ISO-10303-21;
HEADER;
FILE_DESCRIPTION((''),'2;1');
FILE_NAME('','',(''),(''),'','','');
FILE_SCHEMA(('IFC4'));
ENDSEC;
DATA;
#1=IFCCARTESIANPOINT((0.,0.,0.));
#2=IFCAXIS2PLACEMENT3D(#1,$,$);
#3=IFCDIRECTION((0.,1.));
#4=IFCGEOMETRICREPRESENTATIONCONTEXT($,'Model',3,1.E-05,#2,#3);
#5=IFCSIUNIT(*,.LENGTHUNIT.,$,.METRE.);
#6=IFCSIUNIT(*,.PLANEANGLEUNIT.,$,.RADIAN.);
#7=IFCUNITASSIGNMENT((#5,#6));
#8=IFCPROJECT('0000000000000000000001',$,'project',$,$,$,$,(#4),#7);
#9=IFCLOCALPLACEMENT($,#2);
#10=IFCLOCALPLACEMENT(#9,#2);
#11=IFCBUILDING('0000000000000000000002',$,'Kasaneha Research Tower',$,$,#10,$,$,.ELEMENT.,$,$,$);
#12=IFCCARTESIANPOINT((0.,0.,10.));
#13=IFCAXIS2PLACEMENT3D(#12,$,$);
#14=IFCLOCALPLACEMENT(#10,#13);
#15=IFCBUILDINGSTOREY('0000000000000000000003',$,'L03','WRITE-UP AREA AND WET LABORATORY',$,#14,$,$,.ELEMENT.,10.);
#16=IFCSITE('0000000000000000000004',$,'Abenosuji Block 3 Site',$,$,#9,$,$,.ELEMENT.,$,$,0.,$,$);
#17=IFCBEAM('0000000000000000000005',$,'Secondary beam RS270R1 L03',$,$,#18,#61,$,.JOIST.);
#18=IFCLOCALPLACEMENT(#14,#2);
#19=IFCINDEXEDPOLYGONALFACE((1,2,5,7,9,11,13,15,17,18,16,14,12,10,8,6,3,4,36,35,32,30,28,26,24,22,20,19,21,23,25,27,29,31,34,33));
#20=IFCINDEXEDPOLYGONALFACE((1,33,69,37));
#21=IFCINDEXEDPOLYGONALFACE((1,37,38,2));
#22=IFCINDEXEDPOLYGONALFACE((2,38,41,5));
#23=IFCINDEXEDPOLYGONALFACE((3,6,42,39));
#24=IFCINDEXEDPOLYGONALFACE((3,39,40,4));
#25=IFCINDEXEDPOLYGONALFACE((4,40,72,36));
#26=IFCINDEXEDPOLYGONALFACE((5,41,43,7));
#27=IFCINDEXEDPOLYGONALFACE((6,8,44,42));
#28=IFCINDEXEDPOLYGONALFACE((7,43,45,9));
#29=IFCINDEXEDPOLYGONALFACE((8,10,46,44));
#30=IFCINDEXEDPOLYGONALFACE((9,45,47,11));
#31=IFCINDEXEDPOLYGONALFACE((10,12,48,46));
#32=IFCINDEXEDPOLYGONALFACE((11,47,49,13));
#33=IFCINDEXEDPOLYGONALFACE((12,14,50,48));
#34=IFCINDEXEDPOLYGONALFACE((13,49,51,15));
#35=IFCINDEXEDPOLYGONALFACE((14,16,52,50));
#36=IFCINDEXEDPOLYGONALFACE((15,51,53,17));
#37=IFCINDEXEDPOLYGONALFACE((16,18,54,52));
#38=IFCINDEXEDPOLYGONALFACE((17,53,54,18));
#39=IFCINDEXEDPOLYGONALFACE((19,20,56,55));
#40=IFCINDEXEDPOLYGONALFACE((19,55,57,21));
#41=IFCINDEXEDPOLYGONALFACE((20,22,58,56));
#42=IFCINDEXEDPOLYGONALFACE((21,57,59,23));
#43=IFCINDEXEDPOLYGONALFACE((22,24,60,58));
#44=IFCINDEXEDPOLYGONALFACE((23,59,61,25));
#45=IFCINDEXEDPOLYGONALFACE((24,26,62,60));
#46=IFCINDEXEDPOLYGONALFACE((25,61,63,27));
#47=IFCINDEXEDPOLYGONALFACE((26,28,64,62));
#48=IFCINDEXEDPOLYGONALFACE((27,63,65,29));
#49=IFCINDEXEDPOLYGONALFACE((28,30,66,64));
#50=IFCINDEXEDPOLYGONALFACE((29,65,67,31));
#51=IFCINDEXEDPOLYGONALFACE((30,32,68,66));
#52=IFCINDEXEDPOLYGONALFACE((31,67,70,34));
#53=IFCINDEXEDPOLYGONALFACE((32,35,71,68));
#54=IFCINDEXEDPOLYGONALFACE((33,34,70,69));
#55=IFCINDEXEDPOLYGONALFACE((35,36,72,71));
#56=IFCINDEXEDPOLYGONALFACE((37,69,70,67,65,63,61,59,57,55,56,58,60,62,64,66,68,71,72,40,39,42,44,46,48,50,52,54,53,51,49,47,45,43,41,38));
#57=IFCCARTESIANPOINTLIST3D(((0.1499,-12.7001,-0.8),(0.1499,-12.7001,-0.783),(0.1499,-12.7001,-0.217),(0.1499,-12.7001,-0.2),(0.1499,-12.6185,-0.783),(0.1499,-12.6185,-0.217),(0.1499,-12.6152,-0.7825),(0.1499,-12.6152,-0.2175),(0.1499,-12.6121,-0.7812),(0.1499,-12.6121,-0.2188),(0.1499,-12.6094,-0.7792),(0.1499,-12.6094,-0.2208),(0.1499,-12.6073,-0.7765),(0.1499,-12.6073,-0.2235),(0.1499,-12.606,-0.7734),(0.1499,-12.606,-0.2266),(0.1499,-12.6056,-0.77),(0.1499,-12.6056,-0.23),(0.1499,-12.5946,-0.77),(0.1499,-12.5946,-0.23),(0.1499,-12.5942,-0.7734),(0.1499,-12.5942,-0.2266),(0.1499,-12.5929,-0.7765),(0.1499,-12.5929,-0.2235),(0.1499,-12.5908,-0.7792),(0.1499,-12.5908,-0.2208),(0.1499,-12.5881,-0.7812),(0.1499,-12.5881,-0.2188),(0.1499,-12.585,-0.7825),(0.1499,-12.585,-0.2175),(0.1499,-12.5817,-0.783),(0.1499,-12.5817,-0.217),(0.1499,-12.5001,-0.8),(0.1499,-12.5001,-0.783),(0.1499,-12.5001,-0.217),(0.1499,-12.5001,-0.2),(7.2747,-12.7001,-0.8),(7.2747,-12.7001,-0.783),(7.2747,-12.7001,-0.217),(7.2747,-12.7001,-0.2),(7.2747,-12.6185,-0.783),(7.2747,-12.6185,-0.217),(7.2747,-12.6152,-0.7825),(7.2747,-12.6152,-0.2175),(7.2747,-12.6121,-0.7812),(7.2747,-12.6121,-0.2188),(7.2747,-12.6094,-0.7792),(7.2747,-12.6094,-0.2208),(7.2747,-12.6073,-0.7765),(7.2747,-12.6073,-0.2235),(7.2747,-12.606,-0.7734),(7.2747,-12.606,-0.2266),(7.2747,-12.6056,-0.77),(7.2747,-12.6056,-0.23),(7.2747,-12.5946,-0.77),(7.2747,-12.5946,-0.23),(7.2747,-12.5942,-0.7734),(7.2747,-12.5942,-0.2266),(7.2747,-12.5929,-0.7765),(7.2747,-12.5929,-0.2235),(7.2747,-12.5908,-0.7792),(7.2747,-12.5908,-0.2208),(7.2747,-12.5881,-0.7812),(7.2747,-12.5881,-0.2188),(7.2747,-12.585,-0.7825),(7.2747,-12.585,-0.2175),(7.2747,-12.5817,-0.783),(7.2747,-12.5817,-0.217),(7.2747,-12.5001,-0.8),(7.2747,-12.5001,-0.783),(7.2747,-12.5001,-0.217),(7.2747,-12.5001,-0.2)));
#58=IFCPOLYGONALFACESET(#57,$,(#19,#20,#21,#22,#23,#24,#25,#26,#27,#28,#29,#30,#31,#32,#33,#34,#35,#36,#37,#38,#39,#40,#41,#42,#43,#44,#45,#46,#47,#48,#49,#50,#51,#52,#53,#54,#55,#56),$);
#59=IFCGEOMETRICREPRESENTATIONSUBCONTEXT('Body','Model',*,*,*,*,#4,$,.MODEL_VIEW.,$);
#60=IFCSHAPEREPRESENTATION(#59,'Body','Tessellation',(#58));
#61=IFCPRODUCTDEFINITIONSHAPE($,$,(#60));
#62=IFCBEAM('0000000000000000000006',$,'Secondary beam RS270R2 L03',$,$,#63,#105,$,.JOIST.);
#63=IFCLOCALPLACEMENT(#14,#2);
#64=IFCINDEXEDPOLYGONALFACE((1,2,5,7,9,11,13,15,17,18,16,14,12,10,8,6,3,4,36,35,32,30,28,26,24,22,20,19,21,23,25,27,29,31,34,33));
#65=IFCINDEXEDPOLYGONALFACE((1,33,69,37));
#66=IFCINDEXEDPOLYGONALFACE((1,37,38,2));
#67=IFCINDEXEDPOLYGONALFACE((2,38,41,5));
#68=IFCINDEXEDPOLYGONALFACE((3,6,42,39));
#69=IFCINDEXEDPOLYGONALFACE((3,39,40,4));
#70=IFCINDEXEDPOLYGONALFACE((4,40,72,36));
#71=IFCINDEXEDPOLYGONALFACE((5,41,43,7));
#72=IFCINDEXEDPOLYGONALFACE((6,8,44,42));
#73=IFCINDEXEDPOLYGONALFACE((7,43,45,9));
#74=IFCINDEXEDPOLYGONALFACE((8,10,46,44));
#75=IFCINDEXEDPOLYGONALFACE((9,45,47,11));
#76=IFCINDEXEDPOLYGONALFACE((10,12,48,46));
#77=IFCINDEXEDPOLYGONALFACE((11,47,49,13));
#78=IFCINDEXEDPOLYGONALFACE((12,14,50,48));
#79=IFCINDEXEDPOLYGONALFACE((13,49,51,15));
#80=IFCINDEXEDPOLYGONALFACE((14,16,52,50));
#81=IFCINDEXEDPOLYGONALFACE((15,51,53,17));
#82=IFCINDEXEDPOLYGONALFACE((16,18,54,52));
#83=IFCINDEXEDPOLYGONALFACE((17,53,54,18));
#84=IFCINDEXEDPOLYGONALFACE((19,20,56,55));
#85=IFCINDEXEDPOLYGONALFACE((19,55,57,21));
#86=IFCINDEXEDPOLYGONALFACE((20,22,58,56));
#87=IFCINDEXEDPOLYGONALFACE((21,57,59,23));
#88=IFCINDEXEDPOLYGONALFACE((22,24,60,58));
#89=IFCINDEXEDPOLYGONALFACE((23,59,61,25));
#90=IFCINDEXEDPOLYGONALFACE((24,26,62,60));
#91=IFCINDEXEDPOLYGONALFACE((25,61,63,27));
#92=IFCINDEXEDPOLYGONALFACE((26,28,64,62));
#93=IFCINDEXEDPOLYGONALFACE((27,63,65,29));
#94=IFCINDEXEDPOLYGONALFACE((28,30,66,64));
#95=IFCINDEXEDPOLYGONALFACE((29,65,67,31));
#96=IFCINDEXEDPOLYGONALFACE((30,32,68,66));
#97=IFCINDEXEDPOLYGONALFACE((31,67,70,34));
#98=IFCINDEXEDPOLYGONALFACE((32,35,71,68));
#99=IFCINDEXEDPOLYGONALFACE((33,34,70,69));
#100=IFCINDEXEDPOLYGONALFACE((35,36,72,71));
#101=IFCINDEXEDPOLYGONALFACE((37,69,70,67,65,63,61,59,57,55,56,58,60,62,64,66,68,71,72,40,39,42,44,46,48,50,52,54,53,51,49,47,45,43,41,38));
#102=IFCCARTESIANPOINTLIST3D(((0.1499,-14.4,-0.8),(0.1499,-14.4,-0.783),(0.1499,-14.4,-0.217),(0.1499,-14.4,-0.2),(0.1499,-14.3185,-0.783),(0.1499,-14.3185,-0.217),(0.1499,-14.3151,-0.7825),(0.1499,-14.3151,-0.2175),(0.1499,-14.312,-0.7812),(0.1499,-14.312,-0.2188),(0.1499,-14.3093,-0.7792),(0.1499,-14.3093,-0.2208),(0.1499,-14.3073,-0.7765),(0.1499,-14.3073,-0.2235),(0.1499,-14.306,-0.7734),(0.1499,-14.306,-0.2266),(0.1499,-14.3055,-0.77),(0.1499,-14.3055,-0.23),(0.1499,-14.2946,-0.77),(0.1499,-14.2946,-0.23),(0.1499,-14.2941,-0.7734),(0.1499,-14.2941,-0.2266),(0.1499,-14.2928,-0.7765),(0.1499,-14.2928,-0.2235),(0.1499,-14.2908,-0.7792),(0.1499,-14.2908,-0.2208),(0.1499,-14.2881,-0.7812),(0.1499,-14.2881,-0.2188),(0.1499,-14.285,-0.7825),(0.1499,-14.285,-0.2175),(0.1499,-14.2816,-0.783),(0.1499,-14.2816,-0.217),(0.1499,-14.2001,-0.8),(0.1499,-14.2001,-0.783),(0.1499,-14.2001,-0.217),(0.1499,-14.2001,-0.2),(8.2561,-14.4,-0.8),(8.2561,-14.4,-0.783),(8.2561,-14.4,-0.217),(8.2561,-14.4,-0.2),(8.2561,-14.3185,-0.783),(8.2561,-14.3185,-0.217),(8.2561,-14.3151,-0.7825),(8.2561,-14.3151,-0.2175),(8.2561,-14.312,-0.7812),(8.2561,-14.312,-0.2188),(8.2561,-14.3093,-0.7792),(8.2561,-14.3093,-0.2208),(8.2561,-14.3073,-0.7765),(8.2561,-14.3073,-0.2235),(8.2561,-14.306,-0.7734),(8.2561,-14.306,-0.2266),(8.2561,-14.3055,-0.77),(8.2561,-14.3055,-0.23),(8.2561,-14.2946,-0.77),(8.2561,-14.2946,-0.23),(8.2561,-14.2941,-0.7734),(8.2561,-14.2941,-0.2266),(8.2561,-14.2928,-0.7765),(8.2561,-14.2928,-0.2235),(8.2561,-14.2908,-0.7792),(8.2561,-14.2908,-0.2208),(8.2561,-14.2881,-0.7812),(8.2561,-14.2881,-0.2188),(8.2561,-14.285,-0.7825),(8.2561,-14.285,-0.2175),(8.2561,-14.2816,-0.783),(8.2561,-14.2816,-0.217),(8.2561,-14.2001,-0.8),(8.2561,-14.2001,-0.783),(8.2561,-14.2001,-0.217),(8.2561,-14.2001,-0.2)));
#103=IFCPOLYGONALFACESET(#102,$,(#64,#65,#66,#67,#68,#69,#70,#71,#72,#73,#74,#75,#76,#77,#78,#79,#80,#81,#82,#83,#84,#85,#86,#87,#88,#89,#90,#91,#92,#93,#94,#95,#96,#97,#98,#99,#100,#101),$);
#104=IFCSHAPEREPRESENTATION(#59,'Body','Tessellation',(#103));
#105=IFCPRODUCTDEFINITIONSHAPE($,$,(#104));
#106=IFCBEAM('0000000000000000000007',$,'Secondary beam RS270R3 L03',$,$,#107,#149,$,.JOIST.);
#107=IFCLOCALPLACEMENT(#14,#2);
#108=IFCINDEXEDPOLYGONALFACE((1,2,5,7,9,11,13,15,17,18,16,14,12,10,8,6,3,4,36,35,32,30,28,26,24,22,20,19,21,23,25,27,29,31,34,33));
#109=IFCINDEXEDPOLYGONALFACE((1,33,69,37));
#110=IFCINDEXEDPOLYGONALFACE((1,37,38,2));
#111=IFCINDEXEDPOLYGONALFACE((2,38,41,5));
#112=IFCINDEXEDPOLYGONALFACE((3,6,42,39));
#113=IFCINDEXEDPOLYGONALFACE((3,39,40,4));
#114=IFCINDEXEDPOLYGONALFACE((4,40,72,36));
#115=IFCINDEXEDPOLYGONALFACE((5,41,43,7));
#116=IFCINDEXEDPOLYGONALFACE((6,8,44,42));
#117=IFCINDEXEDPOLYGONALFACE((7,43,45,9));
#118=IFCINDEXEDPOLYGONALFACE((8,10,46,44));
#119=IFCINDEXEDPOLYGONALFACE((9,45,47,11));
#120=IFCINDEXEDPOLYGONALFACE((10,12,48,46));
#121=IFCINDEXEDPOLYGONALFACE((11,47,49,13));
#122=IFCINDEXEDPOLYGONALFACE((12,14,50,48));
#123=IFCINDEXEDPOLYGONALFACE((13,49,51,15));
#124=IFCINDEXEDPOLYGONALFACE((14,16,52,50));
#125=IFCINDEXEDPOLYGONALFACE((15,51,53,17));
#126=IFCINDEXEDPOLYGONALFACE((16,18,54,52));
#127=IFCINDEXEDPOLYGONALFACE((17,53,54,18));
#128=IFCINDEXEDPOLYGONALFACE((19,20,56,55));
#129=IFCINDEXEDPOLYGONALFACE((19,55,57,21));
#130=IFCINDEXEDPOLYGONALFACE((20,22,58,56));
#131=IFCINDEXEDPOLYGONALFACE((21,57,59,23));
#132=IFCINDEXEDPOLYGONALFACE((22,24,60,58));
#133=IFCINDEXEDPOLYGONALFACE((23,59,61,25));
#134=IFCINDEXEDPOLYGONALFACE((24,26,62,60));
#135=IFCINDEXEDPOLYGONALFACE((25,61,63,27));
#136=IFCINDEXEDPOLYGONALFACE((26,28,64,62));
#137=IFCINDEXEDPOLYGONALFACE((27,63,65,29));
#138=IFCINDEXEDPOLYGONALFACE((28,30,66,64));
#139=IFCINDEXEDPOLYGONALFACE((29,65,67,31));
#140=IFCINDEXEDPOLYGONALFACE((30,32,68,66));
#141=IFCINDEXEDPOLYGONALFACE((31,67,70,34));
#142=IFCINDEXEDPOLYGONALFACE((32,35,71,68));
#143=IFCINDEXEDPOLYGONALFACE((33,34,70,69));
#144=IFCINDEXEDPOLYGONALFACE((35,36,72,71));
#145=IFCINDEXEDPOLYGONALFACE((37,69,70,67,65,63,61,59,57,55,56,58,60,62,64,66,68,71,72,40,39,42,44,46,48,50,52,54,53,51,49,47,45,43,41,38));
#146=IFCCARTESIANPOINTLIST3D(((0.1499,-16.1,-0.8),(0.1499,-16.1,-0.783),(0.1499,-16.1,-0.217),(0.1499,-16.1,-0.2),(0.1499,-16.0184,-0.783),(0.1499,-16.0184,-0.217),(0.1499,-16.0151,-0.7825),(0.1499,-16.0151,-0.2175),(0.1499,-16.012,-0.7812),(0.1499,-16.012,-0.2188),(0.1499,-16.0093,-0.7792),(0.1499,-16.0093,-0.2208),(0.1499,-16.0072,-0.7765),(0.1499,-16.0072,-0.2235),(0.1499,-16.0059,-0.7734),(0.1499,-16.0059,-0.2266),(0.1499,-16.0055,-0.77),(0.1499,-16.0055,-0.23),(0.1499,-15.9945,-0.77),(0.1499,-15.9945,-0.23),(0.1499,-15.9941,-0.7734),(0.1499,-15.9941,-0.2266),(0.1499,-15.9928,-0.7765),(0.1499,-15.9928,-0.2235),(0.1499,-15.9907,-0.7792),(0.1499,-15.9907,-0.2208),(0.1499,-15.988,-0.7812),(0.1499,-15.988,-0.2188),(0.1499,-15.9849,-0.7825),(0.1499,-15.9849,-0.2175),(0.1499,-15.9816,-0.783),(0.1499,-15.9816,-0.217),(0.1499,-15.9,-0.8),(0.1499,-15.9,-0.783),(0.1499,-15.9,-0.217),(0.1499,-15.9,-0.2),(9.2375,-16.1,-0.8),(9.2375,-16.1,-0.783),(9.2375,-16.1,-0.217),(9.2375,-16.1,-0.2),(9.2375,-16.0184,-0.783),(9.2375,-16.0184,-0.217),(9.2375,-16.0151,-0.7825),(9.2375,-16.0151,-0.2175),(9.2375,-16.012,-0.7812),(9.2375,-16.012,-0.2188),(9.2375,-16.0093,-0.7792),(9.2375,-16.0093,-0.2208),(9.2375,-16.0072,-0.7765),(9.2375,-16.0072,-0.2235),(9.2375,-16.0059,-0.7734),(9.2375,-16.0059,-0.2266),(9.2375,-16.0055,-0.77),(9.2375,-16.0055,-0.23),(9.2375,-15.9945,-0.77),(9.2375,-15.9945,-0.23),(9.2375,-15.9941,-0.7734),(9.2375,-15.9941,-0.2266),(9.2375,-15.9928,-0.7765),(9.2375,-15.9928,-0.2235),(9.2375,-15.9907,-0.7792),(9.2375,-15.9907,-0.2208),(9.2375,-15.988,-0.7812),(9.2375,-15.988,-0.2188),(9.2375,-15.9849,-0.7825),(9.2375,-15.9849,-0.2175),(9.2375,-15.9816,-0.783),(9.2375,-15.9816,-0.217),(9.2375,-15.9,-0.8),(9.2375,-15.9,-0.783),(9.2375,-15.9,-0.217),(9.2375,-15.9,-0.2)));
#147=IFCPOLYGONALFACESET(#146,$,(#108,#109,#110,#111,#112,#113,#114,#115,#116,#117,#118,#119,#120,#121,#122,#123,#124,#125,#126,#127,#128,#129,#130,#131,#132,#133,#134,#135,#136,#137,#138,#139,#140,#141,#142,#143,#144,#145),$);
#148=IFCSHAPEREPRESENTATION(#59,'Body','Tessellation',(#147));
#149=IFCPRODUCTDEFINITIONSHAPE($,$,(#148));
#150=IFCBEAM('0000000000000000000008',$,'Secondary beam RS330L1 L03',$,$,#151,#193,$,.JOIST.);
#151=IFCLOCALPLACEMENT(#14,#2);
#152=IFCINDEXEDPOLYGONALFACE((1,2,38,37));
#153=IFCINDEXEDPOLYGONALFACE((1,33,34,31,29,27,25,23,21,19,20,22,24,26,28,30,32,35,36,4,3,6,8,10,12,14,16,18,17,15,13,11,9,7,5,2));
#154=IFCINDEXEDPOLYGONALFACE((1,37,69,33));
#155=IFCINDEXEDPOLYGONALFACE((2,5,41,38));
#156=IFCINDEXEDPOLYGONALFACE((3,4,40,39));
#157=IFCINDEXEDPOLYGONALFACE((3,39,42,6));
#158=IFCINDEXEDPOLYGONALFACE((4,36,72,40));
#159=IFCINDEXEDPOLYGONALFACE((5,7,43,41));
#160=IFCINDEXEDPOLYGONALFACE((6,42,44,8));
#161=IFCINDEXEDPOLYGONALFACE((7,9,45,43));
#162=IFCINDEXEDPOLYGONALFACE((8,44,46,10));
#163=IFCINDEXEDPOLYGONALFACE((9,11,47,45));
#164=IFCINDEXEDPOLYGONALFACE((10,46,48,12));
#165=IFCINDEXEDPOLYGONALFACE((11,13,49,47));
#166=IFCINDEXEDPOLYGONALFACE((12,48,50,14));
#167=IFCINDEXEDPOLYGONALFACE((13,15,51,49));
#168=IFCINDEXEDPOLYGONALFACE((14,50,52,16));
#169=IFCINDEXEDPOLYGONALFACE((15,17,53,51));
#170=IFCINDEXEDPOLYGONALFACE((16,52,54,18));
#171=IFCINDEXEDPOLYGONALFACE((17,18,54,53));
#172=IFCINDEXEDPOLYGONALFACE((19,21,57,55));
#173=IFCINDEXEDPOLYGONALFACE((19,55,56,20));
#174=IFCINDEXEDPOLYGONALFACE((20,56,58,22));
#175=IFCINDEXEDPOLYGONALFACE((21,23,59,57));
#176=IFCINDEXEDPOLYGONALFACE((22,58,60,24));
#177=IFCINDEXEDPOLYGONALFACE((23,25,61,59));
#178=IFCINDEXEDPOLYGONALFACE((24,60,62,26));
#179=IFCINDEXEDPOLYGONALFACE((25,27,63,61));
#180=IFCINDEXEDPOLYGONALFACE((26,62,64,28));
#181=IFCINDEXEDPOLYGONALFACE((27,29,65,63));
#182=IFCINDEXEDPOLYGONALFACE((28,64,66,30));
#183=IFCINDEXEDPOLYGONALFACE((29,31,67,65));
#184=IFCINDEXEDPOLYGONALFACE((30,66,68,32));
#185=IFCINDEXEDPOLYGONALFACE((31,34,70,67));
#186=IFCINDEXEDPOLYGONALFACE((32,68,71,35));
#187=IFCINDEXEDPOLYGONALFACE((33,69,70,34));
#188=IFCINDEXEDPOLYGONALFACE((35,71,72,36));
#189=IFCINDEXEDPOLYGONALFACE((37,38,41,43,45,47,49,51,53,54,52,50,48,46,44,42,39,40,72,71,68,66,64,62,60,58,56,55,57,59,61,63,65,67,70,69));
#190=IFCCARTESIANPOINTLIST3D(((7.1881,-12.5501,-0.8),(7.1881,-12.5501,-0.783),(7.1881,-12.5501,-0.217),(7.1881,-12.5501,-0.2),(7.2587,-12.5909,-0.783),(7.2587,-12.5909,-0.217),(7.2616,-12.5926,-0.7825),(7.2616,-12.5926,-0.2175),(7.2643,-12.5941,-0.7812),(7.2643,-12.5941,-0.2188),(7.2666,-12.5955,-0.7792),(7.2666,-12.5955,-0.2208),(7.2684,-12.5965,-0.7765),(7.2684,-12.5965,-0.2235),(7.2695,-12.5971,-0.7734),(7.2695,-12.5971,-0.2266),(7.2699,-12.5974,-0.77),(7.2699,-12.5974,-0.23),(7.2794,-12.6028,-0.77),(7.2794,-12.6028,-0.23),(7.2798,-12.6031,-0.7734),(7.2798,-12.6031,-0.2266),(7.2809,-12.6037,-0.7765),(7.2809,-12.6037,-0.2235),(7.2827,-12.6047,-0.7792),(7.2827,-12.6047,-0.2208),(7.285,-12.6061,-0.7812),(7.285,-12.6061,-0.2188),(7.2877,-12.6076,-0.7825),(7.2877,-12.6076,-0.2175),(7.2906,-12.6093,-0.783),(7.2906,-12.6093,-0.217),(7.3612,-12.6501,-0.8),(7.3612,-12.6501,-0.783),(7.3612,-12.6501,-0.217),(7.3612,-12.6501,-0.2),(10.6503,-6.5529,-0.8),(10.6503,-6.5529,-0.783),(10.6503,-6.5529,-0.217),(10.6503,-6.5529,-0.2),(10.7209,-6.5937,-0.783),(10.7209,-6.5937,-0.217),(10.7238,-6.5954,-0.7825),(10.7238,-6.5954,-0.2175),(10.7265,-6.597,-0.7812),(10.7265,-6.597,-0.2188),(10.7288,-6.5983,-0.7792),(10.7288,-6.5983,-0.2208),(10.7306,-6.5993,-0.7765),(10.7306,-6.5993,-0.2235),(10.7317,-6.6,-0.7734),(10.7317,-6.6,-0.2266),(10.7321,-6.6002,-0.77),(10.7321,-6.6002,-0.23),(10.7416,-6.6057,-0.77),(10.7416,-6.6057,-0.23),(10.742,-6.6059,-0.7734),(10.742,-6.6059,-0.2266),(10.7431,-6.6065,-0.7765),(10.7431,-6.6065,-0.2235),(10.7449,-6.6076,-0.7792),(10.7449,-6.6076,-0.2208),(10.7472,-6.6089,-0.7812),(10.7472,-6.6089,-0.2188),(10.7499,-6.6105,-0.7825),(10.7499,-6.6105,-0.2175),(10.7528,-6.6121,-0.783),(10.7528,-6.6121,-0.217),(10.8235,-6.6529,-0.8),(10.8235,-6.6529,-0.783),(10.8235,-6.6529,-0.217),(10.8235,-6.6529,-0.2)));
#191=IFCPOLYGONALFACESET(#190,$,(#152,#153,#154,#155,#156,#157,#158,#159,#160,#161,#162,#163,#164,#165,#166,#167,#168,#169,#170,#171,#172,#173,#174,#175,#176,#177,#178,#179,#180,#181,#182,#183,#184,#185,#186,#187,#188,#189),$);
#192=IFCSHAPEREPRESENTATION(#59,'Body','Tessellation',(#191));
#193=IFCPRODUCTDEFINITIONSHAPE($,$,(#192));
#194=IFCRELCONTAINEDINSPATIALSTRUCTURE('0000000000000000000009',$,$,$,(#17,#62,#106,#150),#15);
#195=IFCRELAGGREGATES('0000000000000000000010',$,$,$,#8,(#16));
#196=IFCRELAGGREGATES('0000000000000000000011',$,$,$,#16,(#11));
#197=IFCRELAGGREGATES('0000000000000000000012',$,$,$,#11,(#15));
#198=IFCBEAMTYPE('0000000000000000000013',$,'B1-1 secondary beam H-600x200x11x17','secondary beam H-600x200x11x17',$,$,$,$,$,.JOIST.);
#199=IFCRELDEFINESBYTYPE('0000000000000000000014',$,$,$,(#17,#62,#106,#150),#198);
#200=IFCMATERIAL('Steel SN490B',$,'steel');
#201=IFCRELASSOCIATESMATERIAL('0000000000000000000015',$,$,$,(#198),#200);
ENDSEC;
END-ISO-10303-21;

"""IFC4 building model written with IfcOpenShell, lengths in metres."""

from ifc_helpers import new_model, si_unit, direction, frame, origin, origin_2d, place, context, subcontext, project, spatial, i_section, extrude, material, material_profile, profile_set, type_object, element, save


model = new_model("IFC4")

# Units and contexts
model_context = context("Model", 3, precision=1e-05, world=origin(), true_north=direction((0.0, 1.0)))
body_context = subcontext(model_context, "Body", "Model", "MODEL_VIEW")
ifc_project = project(units=[si_unit("LENGTHUNIT", "METRE"), si_unit("PLANEANGLEUNIT", "RADIAN")], contexts=[model_context])

# Site, building, storey
site_placement = place(None, origin())
site = spatial("IfcSite", under=ifc_project, at=site_placement, Name="Abenosuji Block 3 Site", CompositionType="ELEMENT", RefElevation=0.0)
building_placement = place(site_placement, origin())
building = spatial("IfcBuilding", under=site, at=building_placement, Name="Kasaneha Research Tower", CompositionType="ELEMENT")
storey_placement = place(building_placement, frame((0.0, 0.0, 10.0)))
storey = spatial("IfcBuildingStorey", under=building, at=storey_placement, Name="L03", Description="WRITE-UP AREA AND WET LABORATORY", CompositionType="ELEMENT", Elevation=10.0)

# Beams
ifc_material_1 = material(Name="Steel SN490B", Category="steel")
ifc_material_profile_1 = material_profile(ifc_material_1, i_section(OverallWidth=0.2, OverallDepth=0.6001, WebThickness=0.011, FlangeThickness=0.0171, FilletRadius=0.0129, at=origin_2d()), Name="H-600x200x11x17")
ifc_profile_set_1 = profile_set([ifc_material_profile_1], Name="Steel SN490B")
beam_type_1 = type_object("IfcBeamType", Name="B1-1 secondary beam H-600x200x11x17", Description="secondary beam H-600x200x11x17", PredefinedType="JOIST", material=ifc_profile_set_1)
beam_1_placement = place(storey_placement, frame((7.2747, -12.6001, -0.5), z_axis=(-1.0, 0.0, 0.0), x_axis=(0.0, -1.0, 0.0)))
element("IfcBeam", 1, at=beam_1_placement, inside=storey, type_object=beam_type_1, Name="Secondary beam RS270R1 L03", PredefinedType="JOIST", context=body_context, shape_type="SweptSolid", body=[
    extrude(i_section(OverallWidth=0.2, OverallDepth=0.6001, WebThickness=0.011, FlangeThickness=0.0171, FilletRadius=0.0129, at=origin_2d()), origin(), (0.0, 0.0, 1.0), 7.1248),
])
beam_2_placement = place(storey_placement, frame((8.2561, -14.3, -0.5), z_axis=(-1.0, 0.0, 0.0), x_axis=(0.0, -1.0, 0.0)))
element("IfcBeam", 2, at=beam_2_placement, inside=storey, type_object=beam_type_1, Name="Secondary beam RS270R2 L03", PredefinedType="JOIST", context=body_context, shape_type="SweptSolid", body=[
    extrude(i_section(OverallWidth=0.2, OverallDepth=0.6001, WebThickness=0.011, FlangeThickness=0.0171, FilletRadius=0.0129, at=origin_2d()), origin(), (0.0, 0.0, 1.0), 8.1062),
])
beam_3_placement = place(storey_placement, frame((9.2375, -16.0, -0.5), z_axis=(-1.0, 0.0, 0.0), x_axis=(0.0, -1.0, 0.0)))
element("IfcBeam", 3, at=beam_3_placement, inside=storey, type_object=beam_type_1, Name="Secondary beam RS270R3 L03", PredefinedType="JOIST", context=body_context, shape_type="SweptSolid", body=[
    extrude(i_section(OverallWidth=0.2, OverallDepth=0.6001, WebThickness=0.011, FlangeThickness=0.0171, FilletRadius=0.0129, at=origin_2d()), origin(), (0.0, 0.0, 1.0), 9.0876),
])
beam_4_placement = place(storey_placement, frame((7.2747, -12.6001, -0.5), z_axis=(0.499973, 0.866041, 0.0), x_axis=(-0.866041, 0.499973, 0.0)))
element("IfcBeam", 4, at=beam_4_placement, inside=storey, type_object=beam_type_1, Name="Secondary beam RS330L1 L03", PredefinedType="JOIST", context=body_context, shape_type="SweptSolid", body=[
    extrude(i_section(OverallWidth=0.2, OverallDepth=0.6001, WebThickness=0.011, FlangeThickness=0.0171, FilletRadius=0.0129, at=origin_2d()), origin(), (0.0, 0.0, 1.0), 6.9248),
])

save(model, "model.ifc")
